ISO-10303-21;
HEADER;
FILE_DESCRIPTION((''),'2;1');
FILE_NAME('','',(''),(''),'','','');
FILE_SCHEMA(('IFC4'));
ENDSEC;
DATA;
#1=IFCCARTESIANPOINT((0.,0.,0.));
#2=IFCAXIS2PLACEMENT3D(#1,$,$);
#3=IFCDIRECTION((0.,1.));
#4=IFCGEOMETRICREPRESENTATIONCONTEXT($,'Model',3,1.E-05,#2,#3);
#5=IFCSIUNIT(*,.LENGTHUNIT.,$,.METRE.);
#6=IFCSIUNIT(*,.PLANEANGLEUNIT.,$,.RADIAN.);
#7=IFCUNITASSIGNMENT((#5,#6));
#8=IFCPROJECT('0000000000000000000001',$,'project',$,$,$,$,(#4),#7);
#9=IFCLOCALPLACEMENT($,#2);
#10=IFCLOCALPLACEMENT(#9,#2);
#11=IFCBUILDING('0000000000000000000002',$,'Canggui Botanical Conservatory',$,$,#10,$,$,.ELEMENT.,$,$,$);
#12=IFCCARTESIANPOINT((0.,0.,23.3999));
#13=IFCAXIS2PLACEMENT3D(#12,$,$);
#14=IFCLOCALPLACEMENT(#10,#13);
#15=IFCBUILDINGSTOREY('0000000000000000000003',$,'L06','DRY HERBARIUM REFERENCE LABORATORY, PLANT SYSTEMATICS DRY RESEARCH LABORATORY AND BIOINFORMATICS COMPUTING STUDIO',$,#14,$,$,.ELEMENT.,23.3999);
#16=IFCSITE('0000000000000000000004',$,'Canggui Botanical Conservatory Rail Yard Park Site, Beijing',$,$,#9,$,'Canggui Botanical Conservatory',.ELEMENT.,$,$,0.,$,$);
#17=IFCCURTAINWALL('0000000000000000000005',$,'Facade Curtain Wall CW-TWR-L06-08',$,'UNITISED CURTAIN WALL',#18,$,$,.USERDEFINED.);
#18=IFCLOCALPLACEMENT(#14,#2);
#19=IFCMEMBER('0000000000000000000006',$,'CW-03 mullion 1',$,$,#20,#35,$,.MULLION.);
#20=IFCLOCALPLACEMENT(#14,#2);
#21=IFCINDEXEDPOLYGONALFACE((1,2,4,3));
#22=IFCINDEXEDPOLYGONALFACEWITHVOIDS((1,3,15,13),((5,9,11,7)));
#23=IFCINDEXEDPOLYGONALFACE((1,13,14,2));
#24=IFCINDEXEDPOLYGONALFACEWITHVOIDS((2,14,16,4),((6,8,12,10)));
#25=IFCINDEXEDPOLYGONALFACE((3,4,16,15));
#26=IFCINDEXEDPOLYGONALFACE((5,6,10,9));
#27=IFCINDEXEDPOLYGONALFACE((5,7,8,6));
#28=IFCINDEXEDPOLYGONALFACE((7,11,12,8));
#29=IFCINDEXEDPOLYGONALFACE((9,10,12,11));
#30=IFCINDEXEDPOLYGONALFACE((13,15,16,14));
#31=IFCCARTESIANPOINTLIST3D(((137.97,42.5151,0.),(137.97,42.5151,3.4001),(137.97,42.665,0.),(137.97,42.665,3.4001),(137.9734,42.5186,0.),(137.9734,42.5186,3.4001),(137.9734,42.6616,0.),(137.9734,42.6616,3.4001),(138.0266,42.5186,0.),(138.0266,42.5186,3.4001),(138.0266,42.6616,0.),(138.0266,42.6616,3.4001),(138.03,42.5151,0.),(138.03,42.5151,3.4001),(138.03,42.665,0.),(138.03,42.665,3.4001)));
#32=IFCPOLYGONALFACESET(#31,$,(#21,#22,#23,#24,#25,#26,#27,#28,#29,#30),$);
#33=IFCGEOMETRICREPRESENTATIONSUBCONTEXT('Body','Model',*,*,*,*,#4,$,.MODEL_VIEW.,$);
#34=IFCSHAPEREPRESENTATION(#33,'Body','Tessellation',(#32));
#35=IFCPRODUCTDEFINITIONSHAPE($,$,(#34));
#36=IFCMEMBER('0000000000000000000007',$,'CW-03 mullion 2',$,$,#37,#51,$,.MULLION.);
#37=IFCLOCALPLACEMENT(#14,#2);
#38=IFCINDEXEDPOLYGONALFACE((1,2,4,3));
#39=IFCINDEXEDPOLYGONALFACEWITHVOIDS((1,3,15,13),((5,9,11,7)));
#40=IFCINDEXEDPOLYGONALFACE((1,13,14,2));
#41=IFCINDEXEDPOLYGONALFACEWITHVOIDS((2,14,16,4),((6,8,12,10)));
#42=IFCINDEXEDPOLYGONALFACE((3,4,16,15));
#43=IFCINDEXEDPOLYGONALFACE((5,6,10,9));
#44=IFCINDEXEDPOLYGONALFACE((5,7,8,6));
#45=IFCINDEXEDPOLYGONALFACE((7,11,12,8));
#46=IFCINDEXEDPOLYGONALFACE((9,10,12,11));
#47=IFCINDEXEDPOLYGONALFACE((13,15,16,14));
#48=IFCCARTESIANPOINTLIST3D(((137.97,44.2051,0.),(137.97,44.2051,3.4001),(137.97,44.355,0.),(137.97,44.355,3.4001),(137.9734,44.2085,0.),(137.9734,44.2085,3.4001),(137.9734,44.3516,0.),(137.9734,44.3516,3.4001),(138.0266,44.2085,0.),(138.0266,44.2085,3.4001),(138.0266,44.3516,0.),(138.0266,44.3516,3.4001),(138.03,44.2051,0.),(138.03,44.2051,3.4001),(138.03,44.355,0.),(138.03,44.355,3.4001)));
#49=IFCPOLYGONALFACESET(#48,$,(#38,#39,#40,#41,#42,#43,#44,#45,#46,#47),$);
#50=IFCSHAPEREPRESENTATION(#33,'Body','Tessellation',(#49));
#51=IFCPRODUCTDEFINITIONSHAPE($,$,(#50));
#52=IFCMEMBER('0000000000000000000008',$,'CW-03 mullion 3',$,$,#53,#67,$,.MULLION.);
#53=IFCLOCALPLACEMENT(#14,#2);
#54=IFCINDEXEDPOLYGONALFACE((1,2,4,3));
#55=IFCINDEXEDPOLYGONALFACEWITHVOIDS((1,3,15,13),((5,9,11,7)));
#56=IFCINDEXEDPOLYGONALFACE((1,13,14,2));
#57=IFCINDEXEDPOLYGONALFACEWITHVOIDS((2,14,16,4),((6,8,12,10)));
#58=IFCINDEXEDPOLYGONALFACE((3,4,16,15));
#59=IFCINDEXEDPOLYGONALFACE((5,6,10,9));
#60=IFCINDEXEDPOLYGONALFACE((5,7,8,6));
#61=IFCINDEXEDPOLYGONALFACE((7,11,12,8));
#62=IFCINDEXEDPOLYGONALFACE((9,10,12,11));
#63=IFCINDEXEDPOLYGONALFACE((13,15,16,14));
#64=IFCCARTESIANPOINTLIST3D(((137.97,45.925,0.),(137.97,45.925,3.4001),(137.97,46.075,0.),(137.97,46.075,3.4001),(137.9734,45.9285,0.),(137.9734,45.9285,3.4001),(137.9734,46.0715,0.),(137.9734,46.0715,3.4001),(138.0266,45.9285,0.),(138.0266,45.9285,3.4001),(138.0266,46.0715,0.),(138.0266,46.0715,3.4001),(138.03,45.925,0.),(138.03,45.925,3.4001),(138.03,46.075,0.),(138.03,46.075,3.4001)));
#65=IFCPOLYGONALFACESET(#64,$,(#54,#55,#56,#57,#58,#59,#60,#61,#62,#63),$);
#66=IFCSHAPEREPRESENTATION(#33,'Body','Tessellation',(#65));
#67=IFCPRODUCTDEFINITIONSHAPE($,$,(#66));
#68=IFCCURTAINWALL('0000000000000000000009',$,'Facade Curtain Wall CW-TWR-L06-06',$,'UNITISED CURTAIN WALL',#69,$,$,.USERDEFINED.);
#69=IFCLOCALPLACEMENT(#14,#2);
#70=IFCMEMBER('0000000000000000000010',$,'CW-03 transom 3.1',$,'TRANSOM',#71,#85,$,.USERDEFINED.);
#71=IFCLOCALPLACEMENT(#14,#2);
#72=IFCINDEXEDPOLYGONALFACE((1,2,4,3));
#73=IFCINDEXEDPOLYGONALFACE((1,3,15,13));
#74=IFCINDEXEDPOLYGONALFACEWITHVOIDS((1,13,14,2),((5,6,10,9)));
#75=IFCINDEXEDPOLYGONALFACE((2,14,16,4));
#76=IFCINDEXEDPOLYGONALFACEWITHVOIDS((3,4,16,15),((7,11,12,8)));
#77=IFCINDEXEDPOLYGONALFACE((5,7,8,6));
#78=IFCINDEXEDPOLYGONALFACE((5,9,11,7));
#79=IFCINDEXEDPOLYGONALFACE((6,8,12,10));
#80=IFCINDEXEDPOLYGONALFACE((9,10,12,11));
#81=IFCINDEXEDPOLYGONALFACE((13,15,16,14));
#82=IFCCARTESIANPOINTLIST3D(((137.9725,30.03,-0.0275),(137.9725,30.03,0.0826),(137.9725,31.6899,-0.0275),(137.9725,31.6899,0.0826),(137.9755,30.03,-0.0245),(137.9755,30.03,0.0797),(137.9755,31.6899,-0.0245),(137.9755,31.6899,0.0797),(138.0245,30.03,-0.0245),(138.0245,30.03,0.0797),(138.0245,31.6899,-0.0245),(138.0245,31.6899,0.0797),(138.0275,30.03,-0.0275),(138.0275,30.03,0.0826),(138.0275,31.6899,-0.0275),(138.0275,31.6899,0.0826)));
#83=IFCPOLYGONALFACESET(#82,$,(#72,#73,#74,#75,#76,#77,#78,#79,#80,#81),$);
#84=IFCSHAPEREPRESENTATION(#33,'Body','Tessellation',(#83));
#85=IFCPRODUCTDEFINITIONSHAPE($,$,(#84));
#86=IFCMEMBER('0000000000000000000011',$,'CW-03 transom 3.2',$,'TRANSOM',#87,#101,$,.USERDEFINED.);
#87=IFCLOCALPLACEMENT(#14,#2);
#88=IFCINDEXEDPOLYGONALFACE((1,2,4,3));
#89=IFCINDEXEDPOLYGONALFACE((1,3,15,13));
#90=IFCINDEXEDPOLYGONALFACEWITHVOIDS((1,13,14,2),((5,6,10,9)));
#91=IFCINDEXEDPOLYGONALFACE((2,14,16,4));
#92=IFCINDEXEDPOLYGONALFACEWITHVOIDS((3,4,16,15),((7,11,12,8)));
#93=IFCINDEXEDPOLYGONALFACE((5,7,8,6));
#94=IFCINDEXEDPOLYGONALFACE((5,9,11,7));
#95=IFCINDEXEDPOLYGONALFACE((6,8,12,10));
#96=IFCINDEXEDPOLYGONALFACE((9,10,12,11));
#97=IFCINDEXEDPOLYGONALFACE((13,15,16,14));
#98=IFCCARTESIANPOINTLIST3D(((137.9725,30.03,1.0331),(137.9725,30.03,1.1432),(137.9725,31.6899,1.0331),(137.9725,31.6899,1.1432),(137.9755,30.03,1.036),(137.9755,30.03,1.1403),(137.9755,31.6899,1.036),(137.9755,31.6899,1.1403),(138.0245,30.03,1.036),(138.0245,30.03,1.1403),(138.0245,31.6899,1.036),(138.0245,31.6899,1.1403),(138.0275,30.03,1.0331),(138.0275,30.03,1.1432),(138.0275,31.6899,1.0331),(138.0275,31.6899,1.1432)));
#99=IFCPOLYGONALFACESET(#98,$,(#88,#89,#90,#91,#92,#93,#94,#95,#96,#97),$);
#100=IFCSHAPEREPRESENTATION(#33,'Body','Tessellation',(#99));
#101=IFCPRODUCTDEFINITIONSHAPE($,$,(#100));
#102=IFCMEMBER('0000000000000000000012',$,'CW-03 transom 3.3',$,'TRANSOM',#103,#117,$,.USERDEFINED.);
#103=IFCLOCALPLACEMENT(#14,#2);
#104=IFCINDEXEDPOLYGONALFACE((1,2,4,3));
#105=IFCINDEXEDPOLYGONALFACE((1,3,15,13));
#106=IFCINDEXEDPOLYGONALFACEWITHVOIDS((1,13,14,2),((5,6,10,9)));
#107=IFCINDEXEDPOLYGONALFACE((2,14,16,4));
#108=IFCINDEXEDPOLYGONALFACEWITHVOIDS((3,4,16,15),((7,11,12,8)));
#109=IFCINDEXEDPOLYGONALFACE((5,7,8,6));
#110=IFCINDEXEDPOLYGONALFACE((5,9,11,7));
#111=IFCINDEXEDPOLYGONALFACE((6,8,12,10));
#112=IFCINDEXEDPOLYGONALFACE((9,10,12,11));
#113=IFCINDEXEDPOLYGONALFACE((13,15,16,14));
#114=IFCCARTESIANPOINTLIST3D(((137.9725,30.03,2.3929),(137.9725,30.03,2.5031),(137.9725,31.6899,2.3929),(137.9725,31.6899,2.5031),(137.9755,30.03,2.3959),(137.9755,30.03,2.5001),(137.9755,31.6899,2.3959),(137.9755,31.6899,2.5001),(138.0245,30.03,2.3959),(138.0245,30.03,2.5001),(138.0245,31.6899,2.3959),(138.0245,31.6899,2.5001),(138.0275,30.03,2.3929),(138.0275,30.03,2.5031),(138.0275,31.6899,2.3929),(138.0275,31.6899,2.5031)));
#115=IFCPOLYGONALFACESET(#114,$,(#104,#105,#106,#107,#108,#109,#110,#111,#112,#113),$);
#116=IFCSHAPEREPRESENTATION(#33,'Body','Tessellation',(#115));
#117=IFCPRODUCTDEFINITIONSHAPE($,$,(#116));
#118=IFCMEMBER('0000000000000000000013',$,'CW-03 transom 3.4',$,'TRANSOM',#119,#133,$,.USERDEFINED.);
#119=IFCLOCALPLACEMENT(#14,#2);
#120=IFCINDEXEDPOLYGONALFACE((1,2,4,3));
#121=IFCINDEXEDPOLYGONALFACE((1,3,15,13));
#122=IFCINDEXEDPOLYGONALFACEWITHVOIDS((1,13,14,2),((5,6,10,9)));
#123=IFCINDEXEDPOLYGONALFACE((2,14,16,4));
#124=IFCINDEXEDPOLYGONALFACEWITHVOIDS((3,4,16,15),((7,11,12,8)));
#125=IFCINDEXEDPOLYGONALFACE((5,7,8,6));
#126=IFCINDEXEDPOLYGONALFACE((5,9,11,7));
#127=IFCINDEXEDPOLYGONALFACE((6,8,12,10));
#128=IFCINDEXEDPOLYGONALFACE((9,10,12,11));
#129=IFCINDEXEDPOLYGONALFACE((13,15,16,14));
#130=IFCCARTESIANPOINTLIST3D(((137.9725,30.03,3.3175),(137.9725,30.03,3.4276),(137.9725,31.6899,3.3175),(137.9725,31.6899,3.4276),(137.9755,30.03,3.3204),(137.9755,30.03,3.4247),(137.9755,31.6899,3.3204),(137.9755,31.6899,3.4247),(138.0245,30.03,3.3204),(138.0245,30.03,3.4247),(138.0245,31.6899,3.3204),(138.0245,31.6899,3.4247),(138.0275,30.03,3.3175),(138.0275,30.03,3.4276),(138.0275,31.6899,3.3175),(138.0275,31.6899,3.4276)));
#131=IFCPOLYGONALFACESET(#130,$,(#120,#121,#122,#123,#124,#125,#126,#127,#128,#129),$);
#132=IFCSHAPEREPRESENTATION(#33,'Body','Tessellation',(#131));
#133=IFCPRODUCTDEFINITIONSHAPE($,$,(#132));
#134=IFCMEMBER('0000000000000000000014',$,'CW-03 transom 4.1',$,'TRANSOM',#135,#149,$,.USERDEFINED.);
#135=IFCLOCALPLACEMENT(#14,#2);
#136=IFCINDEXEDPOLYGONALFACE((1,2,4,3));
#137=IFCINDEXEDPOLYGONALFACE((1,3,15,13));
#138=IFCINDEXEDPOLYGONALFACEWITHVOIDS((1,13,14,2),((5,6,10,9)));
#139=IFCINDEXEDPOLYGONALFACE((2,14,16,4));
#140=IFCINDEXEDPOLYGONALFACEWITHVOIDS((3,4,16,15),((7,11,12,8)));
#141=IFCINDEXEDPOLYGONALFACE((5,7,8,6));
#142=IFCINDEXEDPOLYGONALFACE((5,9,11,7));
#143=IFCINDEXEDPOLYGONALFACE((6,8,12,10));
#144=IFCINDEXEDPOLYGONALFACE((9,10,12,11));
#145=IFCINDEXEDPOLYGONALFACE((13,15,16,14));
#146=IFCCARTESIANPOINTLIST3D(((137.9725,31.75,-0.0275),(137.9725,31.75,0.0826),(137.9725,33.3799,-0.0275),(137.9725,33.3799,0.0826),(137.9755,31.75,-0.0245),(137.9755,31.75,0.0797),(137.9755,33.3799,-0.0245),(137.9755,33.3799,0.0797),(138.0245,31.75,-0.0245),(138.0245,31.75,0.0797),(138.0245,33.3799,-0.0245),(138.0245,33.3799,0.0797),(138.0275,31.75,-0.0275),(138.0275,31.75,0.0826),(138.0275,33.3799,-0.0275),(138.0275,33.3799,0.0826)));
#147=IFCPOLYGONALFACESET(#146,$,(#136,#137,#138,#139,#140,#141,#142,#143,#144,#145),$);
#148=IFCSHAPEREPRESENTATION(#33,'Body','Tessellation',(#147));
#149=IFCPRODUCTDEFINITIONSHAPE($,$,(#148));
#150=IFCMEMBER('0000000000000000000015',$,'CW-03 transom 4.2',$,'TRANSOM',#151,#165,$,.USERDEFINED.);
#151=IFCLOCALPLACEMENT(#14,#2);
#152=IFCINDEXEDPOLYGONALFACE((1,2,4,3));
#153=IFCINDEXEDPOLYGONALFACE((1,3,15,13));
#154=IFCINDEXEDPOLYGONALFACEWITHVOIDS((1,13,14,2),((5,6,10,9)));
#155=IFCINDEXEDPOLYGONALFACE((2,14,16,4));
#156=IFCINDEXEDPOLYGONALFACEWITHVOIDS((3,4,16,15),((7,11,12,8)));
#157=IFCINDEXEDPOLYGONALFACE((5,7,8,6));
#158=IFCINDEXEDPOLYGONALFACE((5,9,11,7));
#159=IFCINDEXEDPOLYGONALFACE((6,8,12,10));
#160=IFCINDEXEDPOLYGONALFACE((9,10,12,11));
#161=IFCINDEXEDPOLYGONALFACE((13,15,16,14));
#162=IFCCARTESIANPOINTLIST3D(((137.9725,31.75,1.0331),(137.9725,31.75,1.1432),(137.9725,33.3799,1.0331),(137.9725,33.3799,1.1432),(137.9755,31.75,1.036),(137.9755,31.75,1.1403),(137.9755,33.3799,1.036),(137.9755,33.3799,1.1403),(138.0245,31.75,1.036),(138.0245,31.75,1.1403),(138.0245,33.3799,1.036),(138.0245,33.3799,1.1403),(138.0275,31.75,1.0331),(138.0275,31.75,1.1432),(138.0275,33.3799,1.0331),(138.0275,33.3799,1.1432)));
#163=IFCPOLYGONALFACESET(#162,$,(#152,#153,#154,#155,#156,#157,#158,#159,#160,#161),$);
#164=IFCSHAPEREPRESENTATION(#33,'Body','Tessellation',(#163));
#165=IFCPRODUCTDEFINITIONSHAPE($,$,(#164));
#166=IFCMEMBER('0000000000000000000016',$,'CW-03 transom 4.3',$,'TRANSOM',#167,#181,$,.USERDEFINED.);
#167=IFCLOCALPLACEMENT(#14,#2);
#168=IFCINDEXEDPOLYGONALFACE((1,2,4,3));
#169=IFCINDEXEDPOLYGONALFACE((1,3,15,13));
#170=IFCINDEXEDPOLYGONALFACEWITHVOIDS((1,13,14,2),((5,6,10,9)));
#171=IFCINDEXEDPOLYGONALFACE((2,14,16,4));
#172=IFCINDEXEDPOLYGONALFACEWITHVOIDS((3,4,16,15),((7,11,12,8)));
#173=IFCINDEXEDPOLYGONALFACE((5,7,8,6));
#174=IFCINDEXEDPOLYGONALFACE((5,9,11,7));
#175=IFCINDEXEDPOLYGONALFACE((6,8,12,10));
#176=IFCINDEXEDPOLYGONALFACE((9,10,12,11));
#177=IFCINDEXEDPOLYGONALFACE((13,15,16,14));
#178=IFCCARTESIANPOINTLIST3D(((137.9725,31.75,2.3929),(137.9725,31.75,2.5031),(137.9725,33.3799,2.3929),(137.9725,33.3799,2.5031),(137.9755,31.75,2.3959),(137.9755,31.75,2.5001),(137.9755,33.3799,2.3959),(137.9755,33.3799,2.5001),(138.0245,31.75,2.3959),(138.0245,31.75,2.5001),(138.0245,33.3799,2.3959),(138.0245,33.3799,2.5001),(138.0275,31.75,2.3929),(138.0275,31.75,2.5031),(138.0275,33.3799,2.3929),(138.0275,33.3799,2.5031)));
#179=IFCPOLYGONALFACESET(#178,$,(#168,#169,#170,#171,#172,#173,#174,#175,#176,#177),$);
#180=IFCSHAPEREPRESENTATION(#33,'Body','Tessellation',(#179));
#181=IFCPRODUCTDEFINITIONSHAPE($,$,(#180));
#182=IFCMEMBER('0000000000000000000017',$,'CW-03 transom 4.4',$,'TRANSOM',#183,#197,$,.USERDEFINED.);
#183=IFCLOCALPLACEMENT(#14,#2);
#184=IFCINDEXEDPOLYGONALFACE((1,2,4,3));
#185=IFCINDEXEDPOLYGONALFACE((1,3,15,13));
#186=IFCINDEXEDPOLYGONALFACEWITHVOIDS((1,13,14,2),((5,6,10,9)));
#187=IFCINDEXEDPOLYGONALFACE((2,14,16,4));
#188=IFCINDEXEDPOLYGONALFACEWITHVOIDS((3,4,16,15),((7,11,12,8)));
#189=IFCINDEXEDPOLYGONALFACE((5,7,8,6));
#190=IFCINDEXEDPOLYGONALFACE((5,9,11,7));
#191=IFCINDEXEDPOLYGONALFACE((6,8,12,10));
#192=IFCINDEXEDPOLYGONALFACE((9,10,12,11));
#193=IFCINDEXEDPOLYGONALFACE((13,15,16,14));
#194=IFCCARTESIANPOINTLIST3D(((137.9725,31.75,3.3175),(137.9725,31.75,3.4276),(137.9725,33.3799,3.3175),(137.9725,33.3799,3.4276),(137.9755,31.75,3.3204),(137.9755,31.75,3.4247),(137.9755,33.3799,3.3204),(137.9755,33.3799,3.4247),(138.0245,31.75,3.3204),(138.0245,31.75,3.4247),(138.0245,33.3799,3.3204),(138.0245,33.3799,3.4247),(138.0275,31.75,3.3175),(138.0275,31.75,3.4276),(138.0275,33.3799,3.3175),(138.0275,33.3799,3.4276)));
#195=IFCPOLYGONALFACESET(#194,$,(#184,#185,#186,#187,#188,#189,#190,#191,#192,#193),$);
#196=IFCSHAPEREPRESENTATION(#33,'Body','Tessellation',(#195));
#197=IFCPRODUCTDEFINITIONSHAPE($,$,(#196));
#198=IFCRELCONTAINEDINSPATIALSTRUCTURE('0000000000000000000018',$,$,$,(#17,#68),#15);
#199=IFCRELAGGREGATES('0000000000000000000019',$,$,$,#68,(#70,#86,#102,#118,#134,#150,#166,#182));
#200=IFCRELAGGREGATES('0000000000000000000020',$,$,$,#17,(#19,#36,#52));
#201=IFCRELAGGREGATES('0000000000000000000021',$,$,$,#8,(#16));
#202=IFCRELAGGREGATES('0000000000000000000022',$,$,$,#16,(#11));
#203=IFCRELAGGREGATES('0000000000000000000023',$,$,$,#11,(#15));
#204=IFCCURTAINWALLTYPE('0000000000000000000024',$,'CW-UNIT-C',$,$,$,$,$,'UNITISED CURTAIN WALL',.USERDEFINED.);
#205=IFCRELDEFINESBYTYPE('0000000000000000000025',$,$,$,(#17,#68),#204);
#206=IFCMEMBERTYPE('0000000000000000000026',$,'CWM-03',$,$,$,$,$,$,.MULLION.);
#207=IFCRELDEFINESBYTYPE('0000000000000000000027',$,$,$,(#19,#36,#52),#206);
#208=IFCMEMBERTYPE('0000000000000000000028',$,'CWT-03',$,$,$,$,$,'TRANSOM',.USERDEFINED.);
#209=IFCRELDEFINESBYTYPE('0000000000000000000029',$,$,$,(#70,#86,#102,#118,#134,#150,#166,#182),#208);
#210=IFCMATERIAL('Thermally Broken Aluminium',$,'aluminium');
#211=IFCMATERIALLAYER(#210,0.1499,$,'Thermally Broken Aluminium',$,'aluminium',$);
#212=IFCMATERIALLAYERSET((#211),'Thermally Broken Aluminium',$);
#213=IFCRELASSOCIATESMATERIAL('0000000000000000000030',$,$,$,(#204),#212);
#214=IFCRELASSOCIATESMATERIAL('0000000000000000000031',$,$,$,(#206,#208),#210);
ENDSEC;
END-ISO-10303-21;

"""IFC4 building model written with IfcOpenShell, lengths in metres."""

from ifc_helpers import new_model, si_unit, direction, frame, origin, origin_2d, place, context, subcontext, project, spatial, hollow_rectangle, extrude, material, layer, layer_set, material_profile, profile_set, type_object, element, aggregate, save


model = new_model("IFC4")

# Units and contexts
model_context = context("Model", 3, precision=1e-05, world=origin(), true_north=direction((0.0, 1.0)))
body_context = subcontext(model_context, "Body", "Model", "MODEL_VIEW")
ifc_project = project(units=[si_unit("LENGTHUNIT", "METRE"), si_unit("PLANEANGLEUNIT", "RADIAN")], contexts=[model_context])

# Site, building, storey
site_placement = place(None, origin())
site = spatial("IfcSite", under=ifc_project, at=site_placement, Name="Canggui Botanical Conservatory Rail Yard Park Site, Beijing", LongName="Canggui Botanical Conservatory", CompositionType="ELEMENT", RefElevation=0.0)
building_placement = place(site_placement, origin())
building = spatial("IfcBuilding", under=site, at=building_placement, Name="Canggui Botanical Conservatory", CompositionType="ELEMENT")
storey_placement = place(building_placement, frame((0.0, 0.0, 23.3999)))
storey = spatial("IfcBuildingStorey", under=building, at=storey_placement, Name="L06", Description="DRY HERBARIUM REFERENCE LABORATORY, PLANT SYSTEMATICS DRY RESEARCH LABORATORY AND BIOINFORMATICS COMPUTING STUDIO", CompositionType="ELEMENT", Elevation=23.3999)

# Curtain walls, members
ifc_material_1 = material(Name="Thermally Broken Aluminium", Category="aluminium")
ifc_layer_1 = layer(ifc_material_1, 0.1499, Name="Thermally Broken Aluminium", Category="aluminium")
ifc_layer_set_1 = layer_set([ifc_layer_1], Name="Thermally Broken Aluminium")
curtain_wall_type = type_object("IfcCurtainWallType", Name="CW-UNIT-C", ElementType="UNITISED CURTAIN WALL", PredefinedType="USERDEFINED", material=ifc_layer_set_1)
curtain_wall_1_placement = place(storey_placement, origin())
curtain_wall_1 = element("IfcCurtainWall", 1, at=curtain_wall_1_placement, inside=storey, type_object=curtain_wall_type, Name="Facade Curtain Wall CW-TWR-L06-08", ObjectType="UNITISED CURTAIN WALL", PredefinedType="USERDEFINED")
ifc_material_profile_1 = material_profile(ifc_material_1, hollow_rectangle(XDim=0.0601, YDim=0.1499, WallThickness=0.0034, at=origin_2d()), Name="CWM 60x150x3.5")
ifc_profile_set_1 = profile_set([ifc_material_profile_1], Name="Thermally Broken Aluminium")
member_type_1 = type_object("IfcMemberType", Name="CWM-03", PredefinedType="MULLION", material=ifc_profile_set_1)
member_1_placement = place(storey_placement, frame((138.0, 42.5901, 0.0), z_axis=(0.0, 0.0, 1.0), x_axis=(-1.0, 0.0, 0.0)))
member_1 = element("IfcMember", 2, at=member_1_placement, type_object=member_type_1, Name="CW-03 mullion 1", PredefinedType="MULLION", context=body_context, shape_type="SweptSolid", body=[
    extrude(hollow_rectangle(XDim=0.0601, YDim=0.1499, WallThickness=0.0034, at=origin_2d()), origin(), (0.0, 0.0, 1.0), 3.4001),
])
member_2_placement = place(storey_placement, frame((138.0, 44.28, 0.0), z_axis=(0.0, 0.0, 1.0), x_axis=(-1.0, 0.0, 0.0)))
member_2 = element("IfcMember", 3, at=member_2_placement, type_object=member_type_1, Name="CW-03 mullion 2", PredefinedType="MULLION", context=body_context, shape_type="SweptSolid", body=[
    extrude(hollow_rectangle(XDim=0.0601, YDim=0.1499, WallThickness=0.0034, at=origin_2d()), origin(), (0.0, 0.0, 1.0), 3.4001),
])
member_3_placement = place(storey_placement, frame((138.0, 46.0, 0.0), z_axis=(0.0, 0.0, 1.0), x_axis=(-1.0, 0.0, 0.0)))
member_3 = element("IfcMember", 4, at=member_3_placement, type_object=member_type_1, Name="CW-03 mullion 3", PredefinedType="MULLION", context=body_context, shape_type="SweptSolid", body=[
    extrude(hollow_rectangle(XDim=0.0601, YDim=0.1499, WallThickness=0.0034, at=origin_2d()), origin(), (0.0, 0.0, 1.0), 3.4001),
])
curtain_wall_2_placement = place(storey_placement, origin())
curtain_wall_2 = element("IfcCurtainWall", 5, at=curtain_wall_2_placement, inside=storey, type_object=curtain_wall_type, Name="Facade Curtain Wall CW-TWR-L06-06", ObjectType="UNITISED CURTAIN WALL", PredefinedType="USERDEFINED")
ifc_material_profile_2 = material_profile(ifc_material_1, hollow_rectangle(XDim=0.0549, YDim=0.1101, WallThickness=0.0029, at=origin_2d()), Name="CWT 55x110x3")
ifc_profile_set_2 = profile_set([ifc_material_profile_2], Name="Thermally Broken Aluminium")
member_type_2 = type_object("IfcMemberType", Name="CWT-03", ElementType="TRANSOM", PredefinedType="USERDEFINED", material=ifc_profile_set_2)
member_4_placement = place(storey_placement, frame((138.0, 30.03, 0.0276), z_axis=(0.0, 1.0, 0.0), x_axis=(-1.0, 0.0, 0.0)))
member_4 = element("IfcMember", 6, at=member_4_placement, type_object=member_type_2, Name="CW-03 transom 3.1", ObjectType="TRANSOM", PredefinedType="USERDEFINED", context=body_context, shape_type="SweptSolid", body=[
    extrude(hollow_rectangle(XDim=0.0549, YDim=0.1101, WallThickness=0.0029, at=origin_2d()), origin(), (0.0, 0.0, 1.0), 1.6599),
])
member_5_placement = place(storey_placement, frame((138.0, 30.03, 1.0881), z_axis=(0.0, 1.0, 0.0), x_axis=(-1.0, 0.0, 0.0)))
member_5 = element("IfcMember", 7, at=member_5_placement, type_object=member_type_2, Name="CW-03 transom 3.2", ObjectType="TRANSOM", PredefinedType="USERDEFINED", context=body_context, shape_type="SweptSolid", body=[
    extrude(hollow_rectangle(XDim=0.0549, YDim=0.1101, WallThickness=0.0029, at=origin_2d()), origin(), (0.0, 0.0, 1.0), 1.6599),
])
member_6_placement = place(storey_placement, frame((138.0, 30.03, 2.448), z_axis=(0.0, 1.0, 0.0), x_axis=(-1.0, 0.0, 0.0)))
member_6 = element("IfcMember", 8, at=member_6_placement, type_object=member_type_2, Name="CW-03 transom 3.3", ObjectType="TRANSOM", PredefinedType="USERDEFINED", context=body_context, shape_type="SweptSolid", body=[
    extrude(hollow_rectangle(XDim=0.0549, YDim=0.1101, WallThickness=0.0029, at=origin_2d()), origin(), (0.0, 0.0, 1.0), 1.6599),
])
member_7_placement = place(storey_placement, frame((138.0, 30.03, 3.3726), z_axis=(0.0, 1.0, 0.0), x_axis=(-1.0, 0.0, 0.0)))
member_7 = element("IfcMember", 9, at=member_7_placement, type_object=member_type_2, Name="CW-03 transom 3.4", ObjectType="TRANSOM", PredefinedType="USERDEFINED", context=body_context, shape_type="SweptSolid", body=[
    extrude(hollow_rectangle(XDim=0.0549, YDim=0.1101, WallThickness=0.0029, at=origin_2d()), origin(), (0.0, 0.0, 1.0), 1.6599),
])
member_8_placement = place(storey_placement, frame((138.0, 31.75, 0.0276), z_axis=(0.0, 1.0, 0.0), x_axis=(-1.0, 0.0, 0.0)))
member_8 = element("IfcMember", 10, at=member_8_placement, type_object=member_type_2, Name="CW-03 transom 4.1", ObjectType="TRANSOM", PredefinedType="USERDEFINED", context=body_context, shape_type="SweptSolid", body=[
    extrude(hollow_rectangle(XDim=0.0549, YDim=0.1101, WallThickness=0.0029, at=origin_2d()), origin(), (0.0, 0.0, 1.0), 1.6299),
])
member_9_placement = place(storey_placement, frame((138.0, 31.75, 1.0881), z_axis=(0.0, 1.0, 0.0), x_axis=(-1.0, 0.0, 0.0)))
member_9 = element("IfcMember", 11, at=member_9_placement, type_object=member_type_2, Name="CW-03 transom 4.2", ObjectType="TRANSOM", PredefinedType="USERDEFINED", context=body_context, shape_type="SweptSolid", body=[
    extrude(hollow_rectangle(XDim=0.0549, YDim=0.1101, WallThickness=0.0029, at=origin_2d()), origin(), (0.0, 0.0, 1.0), 1.6299),
])
member_10_placement = place(storey_placement, frame((138.0, 31.75, 2.448), z_axis=(0.0, 1.0, 0.0), x_axis=(-1.0, 0.0, 0.0)))
member_10 = element("IfcMember", 12, at=member_10_placement, type_object=member_type_2, Name="CW-03 transom 4.3", ObjectType="TRANSOM", PredefinedType="USERDEFINED", context=body_context, shape_type="SweptSolid", body=[
    extrude(hollow_rectangle(XDim=0.0549, YDim=0.1101, WallThickness=0.0029, at=origin_2d()), origin(), (0.0, 0.0, 1.0), 1.6299),
])
member_11_placement = place(storey_placement, frame((138.0, 31.75, 3.3726), z_axis=(0.0, 1.0, 0.0), x_axis=(-1.0, 0.0, 0.0)))
member_11 = element("IfcMember", 13, at=member_11_placement, type_object=member_type_2, Name="CW-03 transom 4.4", ObjectType="TRANSOM", PredefinedType="USERDEFINED", context=body_context, shape_type="SweptSolid", body=[
    extrude(hollow_rectangle(XDim=0.0549, YDim=0.1101, WallThickness=0.0029, at=origin_2d()), origin(), (0.0, 0.0, 1.0), 1.6299),
])

aggregate(curtain_wall_2, [member_4, member_5, member_6, member_7, member_8, member_9, member_10, member_11])
aggregate(curtain_wall_1, [member_1, member_2, member_3])

save(model, "model.ifc")
